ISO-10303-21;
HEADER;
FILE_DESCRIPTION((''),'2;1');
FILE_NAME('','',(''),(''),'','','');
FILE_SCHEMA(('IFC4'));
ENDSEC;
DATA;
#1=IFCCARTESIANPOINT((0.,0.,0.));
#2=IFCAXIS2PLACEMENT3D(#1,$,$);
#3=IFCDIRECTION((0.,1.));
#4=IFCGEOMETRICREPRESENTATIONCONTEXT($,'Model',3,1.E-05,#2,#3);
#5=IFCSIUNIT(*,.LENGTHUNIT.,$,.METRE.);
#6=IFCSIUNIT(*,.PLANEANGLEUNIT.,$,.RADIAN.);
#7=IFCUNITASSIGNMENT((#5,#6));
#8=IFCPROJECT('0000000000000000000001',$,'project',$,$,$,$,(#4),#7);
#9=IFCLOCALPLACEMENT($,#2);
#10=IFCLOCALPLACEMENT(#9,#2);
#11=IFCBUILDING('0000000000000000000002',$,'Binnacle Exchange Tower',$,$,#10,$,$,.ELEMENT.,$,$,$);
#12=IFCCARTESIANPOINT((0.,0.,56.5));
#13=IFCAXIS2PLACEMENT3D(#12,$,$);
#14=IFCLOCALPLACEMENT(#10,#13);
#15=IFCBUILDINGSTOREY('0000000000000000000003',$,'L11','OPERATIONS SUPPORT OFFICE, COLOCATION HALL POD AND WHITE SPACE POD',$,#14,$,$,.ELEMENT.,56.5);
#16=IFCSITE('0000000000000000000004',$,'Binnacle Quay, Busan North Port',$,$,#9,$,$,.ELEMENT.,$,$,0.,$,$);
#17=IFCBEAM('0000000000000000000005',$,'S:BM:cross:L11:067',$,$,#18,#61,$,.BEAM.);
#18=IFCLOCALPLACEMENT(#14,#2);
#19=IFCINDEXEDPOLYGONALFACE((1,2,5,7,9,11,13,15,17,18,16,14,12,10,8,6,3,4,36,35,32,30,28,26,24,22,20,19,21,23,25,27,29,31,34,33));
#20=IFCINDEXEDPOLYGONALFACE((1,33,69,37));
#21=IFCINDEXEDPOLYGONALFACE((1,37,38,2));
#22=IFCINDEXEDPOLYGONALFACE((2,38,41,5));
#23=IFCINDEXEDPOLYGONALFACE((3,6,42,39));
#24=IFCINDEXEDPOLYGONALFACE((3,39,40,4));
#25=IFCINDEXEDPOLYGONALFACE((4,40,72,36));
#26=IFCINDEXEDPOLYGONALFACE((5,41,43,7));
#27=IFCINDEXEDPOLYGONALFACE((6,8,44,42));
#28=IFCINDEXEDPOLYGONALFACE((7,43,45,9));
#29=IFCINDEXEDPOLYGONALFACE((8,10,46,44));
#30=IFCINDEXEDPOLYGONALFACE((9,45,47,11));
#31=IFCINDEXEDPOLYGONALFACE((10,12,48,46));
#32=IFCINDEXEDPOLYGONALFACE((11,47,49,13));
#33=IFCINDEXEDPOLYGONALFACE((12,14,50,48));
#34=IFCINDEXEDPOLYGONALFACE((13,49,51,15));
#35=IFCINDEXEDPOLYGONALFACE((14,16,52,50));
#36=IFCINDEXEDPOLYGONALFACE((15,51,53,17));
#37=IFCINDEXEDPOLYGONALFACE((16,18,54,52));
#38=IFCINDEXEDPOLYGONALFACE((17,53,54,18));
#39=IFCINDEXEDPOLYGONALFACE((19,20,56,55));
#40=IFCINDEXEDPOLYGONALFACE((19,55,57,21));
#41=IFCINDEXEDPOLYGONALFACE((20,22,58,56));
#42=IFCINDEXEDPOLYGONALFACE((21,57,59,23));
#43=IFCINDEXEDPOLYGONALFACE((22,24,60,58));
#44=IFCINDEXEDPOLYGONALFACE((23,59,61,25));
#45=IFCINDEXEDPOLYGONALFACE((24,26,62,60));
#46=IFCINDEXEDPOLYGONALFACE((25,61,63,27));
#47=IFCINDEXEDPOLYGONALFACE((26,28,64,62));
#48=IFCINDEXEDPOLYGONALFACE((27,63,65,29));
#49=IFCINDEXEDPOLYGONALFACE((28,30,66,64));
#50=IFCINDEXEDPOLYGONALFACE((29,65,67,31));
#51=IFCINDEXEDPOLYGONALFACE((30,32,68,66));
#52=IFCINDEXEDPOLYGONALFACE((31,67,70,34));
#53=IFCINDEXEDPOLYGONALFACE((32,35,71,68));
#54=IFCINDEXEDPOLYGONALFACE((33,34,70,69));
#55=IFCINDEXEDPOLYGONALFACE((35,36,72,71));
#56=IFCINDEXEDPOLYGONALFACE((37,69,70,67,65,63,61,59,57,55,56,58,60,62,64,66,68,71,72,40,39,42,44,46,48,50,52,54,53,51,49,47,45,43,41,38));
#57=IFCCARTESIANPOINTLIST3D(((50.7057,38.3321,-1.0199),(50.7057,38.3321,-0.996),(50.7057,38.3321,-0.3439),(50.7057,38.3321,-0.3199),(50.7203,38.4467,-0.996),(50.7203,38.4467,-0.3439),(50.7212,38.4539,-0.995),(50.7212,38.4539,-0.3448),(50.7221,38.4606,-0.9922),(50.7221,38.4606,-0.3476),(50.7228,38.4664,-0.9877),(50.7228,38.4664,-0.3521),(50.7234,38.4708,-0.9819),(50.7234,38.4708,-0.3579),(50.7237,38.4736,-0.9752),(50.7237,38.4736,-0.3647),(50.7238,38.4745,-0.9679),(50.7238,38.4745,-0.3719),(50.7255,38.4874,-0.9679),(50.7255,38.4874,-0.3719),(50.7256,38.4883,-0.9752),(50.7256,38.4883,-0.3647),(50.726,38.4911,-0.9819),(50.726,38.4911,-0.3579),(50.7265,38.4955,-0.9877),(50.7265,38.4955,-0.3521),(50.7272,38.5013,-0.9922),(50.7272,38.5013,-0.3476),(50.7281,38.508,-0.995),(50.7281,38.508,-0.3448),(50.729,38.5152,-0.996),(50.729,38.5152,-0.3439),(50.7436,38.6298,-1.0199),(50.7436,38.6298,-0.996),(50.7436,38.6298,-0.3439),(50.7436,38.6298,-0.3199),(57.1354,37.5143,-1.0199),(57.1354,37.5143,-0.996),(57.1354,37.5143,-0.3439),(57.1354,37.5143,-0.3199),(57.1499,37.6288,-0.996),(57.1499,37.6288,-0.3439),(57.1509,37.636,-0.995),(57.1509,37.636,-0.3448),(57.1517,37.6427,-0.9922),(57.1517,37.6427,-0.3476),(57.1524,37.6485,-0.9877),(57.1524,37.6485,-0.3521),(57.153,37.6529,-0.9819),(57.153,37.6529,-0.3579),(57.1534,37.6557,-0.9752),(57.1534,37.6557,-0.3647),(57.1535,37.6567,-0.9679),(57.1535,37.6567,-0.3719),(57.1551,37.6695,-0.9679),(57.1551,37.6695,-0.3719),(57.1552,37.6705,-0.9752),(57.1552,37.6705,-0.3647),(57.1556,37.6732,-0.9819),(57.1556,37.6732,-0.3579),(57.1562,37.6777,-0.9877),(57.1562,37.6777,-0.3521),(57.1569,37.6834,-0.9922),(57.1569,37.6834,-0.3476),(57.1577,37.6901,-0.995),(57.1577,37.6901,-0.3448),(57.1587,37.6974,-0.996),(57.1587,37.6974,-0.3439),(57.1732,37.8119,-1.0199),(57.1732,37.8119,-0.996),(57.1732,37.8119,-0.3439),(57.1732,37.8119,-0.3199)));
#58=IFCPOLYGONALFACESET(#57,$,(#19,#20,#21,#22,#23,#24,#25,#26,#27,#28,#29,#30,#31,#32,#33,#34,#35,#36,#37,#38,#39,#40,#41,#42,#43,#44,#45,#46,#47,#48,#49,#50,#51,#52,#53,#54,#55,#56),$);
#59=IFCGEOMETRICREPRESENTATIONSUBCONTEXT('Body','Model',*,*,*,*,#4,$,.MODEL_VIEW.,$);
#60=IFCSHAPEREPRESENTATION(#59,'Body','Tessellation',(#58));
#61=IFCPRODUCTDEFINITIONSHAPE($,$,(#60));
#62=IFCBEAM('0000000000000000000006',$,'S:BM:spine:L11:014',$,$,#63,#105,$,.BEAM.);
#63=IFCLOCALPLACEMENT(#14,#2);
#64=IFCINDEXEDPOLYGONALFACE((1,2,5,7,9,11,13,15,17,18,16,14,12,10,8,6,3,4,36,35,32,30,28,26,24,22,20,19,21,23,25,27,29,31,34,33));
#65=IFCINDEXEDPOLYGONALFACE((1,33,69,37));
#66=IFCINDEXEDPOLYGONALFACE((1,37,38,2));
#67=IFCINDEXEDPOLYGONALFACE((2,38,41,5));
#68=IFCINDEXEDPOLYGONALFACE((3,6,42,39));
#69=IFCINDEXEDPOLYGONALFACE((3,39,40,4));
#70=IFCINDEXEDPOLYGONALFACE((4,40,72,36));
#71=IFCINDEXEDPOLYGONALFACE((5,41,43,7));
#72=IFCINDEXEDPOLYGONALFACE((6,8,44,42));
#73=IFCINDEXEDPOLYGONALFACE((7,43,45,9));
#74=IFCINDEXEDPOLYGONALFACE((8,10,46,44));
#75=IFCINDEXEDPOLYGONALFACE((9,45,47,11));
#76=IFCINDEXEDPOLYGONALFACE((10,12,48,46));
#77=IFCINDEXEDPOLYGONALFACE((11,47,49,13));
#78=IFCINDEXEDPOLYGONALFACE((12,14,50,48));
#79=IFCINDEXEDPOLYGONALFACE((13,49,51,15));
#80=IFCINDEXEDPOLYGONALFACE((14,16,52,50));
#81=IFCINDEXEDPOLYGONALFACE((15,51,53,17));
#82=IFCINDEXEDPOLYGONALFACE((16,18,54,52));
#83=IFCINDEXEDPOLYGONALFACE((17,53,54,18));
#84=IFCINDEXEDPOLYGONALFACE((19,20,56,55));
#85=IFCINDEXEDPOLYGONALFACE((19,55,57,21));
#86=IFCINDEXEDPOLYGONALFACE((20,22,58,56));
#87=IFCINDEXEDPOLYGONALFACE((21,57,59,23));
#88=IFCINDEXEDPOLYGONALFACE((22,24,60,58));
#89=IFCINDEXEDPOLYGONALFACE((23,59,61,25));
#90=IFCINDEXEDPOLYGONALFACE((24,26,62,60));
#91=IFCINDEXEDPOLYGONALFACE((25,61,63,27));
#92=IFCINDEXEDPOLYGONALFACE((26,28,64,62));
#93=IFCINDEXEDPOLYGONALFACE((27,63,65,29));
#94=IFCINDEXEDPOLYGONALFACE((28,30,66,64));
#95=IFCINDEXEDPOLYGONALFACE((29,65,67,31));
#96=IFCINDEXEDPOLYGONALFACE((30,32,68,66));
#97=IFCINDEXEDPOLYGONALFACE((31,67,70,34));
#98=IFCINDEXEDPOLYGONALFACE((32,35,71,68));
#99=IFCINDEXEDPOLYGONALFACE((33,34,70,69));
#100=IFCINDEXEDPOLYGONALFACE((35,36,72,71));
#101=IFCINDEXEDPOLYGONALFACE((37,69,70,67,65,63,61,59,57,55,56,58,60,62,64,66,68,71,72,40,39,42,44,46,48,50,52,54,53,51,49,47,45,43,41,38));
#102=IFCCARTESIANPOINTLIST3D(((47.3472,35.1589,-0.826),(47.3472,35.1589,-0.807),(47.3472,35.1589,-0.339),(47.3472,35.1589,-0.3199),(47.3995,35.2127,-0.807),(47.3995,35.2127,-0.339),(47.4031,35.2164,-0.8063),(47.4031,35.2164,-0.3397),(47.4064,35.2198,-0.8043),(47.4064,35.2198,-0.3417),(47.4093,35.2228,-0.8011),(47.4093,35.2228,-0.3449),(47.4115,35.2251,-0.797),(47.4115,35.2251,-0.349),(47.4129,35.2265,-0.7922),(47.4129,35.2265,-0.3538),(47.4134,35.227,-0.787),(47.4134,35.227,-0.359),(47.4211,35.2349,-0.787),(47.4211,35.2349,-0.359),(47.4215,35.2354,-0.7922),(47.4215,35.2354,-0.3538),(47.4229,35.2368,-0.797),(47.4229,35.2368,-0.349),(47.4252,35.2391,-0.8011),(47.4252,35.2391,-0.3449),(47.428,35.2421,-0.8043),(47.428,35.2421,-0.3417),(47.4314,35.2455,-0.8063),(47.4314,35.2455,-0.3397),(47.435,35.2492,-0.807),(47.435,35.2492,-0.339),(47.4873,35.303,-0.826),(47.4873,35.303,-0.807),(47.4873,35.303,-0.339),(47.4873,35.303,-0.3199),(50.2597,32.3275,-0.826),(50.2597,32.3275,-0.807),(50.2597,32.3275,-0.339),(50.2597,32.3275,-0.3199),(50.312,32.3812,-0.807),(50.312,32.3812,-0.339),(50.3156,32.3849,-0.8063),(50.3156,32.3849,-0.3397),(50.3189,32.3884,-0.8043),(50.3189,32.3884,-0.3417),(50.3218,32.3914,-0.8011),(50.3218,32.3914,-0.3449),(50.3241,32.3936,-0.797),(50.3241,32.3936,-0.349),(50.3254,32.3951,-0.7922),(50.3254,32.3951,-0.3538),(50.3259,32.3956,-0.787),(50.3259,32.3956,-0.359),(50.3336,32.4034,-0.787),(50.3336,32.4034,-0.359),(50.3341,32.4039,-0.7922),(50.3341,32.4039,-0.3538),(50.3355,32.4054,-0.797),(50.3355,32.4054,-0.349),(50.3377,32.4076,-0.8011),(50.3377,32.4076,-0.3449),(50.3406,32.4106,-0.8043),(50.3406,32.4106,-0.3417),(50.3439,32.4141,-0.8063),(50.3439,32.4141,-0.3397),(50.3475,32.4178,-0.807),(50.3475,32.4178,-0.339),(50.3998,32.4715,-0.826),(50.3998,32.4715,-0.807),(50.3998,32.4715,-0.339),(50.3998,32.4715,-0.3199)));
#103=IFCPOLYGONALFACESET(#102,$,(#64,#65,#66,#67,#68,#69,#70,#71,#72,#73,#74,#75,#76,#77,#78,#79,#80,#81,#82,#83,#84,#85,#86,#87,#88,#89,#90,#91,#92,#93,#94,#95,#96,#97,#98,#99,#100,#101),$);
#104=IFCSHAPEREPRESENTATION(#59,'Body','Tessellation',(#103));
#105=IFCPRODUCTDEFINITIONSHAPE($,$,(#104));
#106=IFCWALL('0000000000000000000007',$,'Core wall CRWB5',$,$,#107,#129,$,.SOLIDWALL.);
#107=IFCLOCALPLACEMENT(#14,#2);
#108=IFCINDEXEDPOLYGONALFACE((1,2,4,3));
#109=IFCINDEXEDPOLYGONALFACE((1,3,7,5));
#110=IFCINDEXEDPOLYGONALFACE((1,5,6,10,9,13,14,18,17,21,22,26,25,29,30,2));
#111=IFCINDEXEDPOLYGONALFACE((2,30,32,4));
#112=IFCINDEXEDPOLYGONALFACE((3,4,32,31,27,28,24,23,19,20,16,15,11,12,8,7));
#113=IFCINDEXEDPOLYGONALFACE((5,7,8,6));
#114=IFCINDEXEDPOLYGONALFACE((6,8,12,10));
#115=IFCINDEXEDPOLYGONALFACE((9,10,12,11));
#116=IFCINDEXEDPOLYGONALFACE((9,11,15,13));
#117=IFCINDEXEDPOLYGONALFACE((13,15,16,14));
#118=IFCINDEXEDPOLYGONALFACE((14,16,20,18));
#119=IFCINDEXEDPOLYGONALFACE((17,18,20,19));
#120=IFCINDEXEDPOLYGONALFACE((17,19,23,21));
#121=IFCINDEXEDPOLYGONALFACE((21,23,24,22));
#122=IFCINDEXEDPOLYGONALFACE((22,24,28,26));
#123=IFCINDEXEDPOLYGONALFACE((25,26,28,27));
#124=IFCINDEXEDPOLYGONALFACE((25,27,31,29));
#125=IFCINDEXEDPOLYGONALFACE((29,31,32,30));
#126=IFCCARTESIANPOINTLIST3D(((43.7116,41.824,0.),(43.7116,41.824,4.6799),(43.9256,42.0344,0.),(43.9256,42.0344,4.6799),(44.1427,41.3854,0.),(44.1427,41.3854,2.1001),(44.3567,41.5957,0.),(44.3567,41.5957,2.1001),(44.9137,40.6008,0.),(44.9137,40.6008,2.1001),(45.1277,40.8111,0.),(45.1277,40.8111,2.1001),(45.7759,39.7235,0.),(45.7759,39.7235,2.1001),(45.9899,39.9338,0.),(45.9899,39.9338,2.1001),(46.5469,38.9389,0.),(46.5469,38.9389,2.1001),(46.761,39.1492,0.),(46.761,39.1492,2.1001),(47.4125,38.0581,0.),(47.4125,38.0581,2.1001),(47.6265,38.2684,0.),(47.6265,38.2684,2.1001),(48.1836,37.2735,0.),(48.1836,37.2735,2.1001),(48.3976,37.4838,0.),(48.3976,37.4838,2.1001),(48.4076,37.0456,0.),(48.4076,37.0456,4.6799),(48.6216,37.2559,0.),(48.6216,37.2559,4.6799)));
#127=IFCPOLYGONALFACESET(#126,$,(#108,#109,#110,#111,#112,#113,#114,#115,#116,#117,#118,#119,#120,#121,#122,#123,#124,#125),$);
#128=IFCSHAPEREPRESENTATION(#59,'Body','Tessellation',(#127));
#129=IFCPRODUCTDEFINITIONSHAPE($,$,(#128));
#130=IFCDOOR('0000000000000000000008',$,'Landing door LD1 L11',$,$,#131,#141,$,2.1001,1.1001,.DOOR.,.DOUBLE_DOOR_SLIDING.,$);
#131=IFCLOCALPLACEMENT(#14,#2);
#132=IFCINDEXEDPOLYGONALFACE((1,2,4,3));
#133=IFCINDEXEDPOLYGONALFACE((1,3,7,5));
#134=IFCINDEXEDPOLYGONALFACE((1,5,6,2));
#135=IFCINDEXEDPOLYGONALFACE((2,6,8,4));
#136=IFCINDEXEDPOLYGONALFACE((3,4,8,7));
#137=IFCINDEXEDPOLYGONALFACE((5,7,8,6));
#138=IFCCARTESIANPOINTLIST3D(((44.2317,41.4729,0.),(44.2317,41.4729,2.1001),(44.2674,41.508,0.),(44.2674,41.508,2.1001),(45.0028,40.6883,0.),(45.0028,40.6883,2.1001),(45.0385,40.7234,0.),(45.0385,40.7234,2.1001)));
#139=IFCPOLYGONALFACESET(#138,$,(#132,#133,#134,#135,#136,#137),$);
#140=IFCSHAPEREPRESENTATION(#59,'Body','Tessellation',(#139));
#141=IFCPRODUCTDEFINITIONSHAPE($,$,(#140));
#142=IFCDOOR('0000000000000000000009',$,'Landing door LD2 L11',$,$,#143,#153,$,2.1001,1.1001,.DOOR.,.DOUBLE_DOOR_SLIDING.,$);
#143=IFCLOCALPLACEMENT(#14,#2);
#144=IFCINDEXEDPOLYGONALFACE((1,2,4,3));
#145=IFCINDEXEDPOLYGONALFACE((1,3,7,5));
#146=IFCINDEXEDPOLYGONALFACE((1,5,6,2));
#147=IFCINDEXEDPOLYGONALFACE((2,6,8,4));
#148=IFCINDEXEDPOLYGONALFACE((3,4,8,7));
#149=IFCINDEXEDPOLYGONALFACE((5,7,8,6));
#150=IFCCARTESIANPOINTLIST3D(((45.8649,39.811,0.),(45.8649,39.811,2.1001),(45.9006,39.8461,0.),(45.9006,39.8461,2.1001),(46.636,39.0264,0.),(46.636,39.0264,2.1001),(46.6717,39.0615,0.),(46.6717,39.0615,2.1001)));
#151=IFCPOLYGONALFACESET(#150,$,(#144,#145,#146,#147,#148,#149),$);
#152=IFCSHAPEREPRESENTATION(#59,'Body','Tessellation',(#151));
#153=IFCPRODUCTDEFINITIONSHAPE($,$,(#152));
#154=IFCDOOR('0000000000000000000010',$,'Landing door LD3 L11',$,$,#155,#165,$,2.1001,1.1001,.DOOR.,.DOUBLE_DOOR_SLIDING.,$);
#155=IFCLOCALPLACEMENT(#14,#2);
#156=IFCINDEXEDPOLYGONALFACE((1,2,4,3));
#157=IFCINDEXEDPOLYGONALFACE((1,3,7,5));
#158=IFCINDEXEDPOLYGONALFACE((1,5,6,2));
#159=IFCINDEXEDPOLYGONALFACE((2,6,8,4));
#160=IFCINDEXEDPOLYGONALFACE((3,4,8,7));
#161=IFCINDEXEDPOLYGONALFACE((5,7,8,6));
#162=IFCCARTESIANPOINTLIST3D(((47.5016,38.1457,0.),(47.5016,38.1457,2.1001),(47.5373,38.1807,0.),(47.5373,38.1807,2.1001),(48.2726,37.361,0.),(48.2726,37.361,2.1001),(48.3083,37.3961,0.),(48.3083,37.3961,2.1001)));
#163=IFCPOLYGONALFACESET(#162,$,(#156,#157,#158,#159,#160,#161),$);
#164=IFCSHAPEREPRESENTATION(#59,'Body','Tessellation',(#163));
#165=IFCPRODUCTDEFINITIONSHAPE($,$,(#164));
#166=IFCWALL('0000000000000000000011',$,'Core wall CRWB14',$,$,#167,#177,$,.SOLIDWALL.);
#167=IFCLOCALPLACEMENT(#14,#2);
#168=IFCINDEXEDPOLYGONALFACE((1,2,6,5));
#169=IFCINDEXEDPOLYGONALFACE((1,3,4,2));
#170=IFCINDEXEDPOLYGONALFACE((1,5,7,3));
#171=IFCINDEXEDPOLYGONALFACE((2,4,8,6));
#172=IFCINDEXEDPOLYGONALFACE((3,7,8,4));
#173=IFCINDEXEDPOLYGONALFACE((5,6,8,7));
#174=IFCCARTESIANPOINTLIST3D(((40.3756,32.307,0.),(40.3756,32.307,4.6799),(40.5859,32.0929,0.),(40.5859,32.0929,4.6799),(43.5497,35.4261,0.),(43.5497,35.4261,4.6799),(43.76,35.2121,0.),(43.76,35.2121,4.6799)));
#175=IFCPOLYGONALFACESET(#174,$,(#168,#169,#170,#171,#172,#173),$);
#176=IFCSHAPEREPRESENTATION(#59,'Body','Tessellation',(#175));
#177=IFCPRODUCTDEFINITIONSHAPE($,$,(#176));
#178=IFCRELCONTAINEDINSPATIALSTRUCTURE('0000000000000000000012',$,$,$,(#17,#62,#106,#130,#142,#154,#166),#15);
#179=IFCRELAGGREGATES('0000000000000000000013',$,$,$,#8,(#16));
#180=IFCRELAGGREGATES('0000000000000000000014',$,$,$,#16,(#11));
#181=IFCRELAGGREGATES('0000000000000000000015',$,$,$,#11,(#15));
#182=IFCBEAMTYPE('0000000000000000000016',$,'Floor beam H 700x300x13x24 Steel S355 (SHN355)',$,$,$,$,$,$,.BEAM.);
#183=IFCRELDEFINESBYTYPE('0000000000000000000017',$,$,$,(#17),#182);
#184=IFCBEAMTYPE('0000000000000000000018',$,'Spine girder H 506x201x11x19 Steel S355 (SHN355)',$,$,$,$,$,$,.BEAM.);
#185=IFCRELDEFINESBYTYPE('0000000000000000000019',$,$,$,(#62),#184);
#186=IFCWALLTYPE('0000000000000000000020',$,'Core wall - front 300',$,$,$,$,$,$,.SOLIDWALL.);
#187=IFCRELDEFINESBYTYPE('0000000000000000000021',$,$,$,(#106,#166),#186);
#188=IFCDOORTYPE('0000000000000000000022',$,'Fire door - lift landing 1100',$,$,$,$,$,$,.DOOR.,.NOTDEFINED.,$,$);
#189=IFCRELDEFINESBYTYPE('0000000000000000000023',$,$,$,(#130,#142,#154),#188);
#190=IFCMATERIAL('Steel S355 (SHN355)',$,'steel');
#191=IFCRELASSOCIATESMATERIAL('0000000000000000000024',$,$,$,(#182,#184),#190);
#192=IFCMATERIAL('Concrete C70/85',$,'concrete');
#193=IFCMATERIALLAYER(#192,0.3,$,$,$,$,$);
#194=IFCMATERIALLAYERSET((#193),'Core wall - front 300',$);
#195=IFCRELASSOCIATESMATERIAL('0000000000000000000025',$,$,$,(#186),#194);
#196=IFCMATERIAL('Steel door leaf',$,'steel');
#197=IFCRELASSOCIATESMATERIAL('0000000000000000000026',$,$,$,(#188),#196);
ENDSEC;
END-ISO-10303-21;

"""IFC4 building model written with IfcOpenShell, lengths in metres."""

from ifc_helpers import new_model, si_unit, direction, frame, frame_2d, origin, origin_2d, place, context, subcontext, project, spatial, rectangle, i_section, extrude, material, layer, layer_set, material_profile, profile_set, type_object, element, fill, save


model = new_model("IFC4")

# Units and contexts
model_context = context("Model", 3, precision=1e-05, world=origin(), true_north=direction((0.0, 1.0)))
body_context = subcontext(model_context, "Body", "Model", "MODEL_VIEW")
ifc_project = project(units=[si_unit("LENGTHUNIT", "METRE"), si_unit("PLANEANGLEUNIT", "RADIAN")], contexts=[model_context])

# Site, building, storey
site_placement = place(None, origin())
site = spatial("IfcSite", under=ifc_project, at=site_placement, Name="Binnacle Quay, Busan North Port", CompositionType="ELEMENT", RefElevation=0.0)
building_placement = place(site_placement, origin())
building = spatial("IfcBuilding", under=site, at=building_placement, Name="Binnacle Exchange Tower", CompositionType="ELEMENT")
storey_placement = place(building_placement, frame((0.0, 0.0, 56.5)))
storey = spatial("IfcBuildingStorey", under=building, at=storey_placement, Name="L11", Description="OPERATIONS SUPPORT OFFICE, COLOCATION HALL POD AND WHITE SPACE POD", CompositionType="ELEMENT", Elevation=56.5)

# Shared definitions
ifc_material_1 = material(Name="Concrete C70/85", Category="concrete")

# Beams
ifc_material_2 = material(Name="Steel S355 (SHN355)", Category="steel")
ifc_material_profile_1 = material_profile(ifc_material_2, i_section(OverallWidth=0.3, OverallDepth=0.7, WebThickness=0.0129, FlangeThickness=0.0239, FilletRadius=0.0281, at=origin_2d()), Name="H 700x300x13x24")
ifc_profile_set_1 = profile_set([ifc_material_profile_1], Name="Steel S355 (SHN355)")
beam_type_1 = type_object("IfcBeamType", Name="Floor beam H 700x300x13x24 Steel S355 (SHN355)", PredefinedType="BEAM", material=ifc_profile_set_1)
beam_1_placement = place(storey_placement, frame((57.1543, 37.6631, -0.6699), z_axis=(-0.992007, 0.126186, 0.0), x_axis=(-0.126186, -0.992007, 0.0)))
element("IfcBeam", 1, at=beam_1_placement, inside=storey, type_object=beam_type_1, Name="S:BM:cross:L11:067", PredefinedType="BEAM", context=body_context, shape_type="SweptSolid", body=[
    extrude(i_section(OverallWidth=0.3, OverallDepth=0.7, WebThickness=0.0129, FlangeThickness=0.0239, FilletRadius=0.0281, at=origin_2d()), origin(), (0.0, 0.0, 1.0), 6.4814),
])
ifc_material_profile_2 = material_profile(ifc_material_2, i_section(OverallWidth=0.2009, OverallDepth=0.5061, WebThickness=0.011, FlangeThickness=0.019, FilletRadius=0.02, at=origin_2d()), Name="H 506x201x11x19")
ifc_profile_set_2 = profile_set([ifc_material_profile_2], Name="Steel S355 (SHN355)")
beam_type_2 = type_object("IfcBeamType", Name="Spine girder H 506x201x11x19 Steel S355 (SHN355)", PredefinedType="BEAM", material=ifc_profile_set_2)
beam_2_placement = place(storey_placement, frame((47.4172, 35.231, -0.573), z_axis=(0.717013, -0.69706, 0.0), x_axis=(0.69706, 0.717013, 0.0)))
element("IfcBeam", 2, at=beam_2_placement, inside=storey, type_object=beam_type_2, Name="S:BM:spine:L11:014", PredefinedType="BEAM", context=body_context, shape_type="SweptSolid", body=[
    extrude(i_section(OverallWidth=0.2009, OverallDepth=0.5061, WebThickness=0.011, FlangeThickness=0.019, FilletRadius=0.02, at=origin_2d()), origin(), (0.0, 0.0, 1.0), 4.062),
])

# Wall, openings, doors
ifc_layer_1 = layer(ifc_material_1, 0.3)
ifc_layer_set_1 = layer_set([ifc_layer_1], Name="Core wall - front 300")
wall_type_1 = type_object("IfcWallType", Name="Core wall - front 300", PredefinedType="SOLIDWALL", material=ifc_layer_set_1)
wall_1_placement = place(storey_placement, frame((43.8186, 41.9292, 0.0), z_axis=(0.0, 0.0, 1.0), x_axis=(0.700922, -0.713238, 0.0)))
wall_1 = element("IfcWall", 3, at=wall_1_placement, inside=storey, type_object=wall_type_1, Name="Core wall CRWB5", PredefinedType="SOLIDWALL", context=body_context, shape_type="SweptSolid", body=[
    extrude(rectangle(XDim=6.6997, YDim=0.3, at=frame_2d((3.3499, 0.0))), origin(), (0.0, 0.0, 1.0), 4.6799),
])
opening_1_placement = place(wall_1_placement, frame((0.615, 0.0, 0.0)))
opening_1 = element("IfcOpeningElement", 4, at=opening_1_placement, cuts=wall_1, PredefinedType="OPENING", context=body_context, shape_type="SweptSolid", body=[
    extrude(rectangle(XDim=1.1001, YDim=2.1001, at=frame_2d((0.55, 1.05))), frame((0.0, 0.1599, 0.0), z_axis=(0.0, -1.0, 0.0), x_axis=(1.0, 0.0, 0.0)), (0.0, 0.0, 1.0), 0.3201),
])
opening_2_placement = place(wall_1_placement, frame((2.9451, 0.0, 0.0)))
opening_2 = element("IfcOpeningElement", 5, at=opening_2_placement, cuts=wall_1, PredefinedType="OPENING", context=body_context, shape_type="SweptSolid", body=[
    extrude(rectangle(XDim=1.1001, YDim=2.1001, at=frame_2d((0.55, 1.05))), frame((0.0, 0.1599, 0.0), z_axis=(0.0, -1.0, 0.0), x_axis=(1.0, 0.0, 0.0)), (0.0, 0.0, 1.0), 0.3201),
])
opening_3_placement = place(wall_1_placement, frame((5.28, 0.0, 0.0)))
opening_3 = element("IfcOpeningElement", 6, at=opening_3_placement, cuts=wall_1, PredefinedType="OPENING", context=body_context, shape_type="SweptSolid", body=[
    extrude(rectangle(XDim=1.1001, YDim=2.1001, at=frame_2d((0.55, 1.05))), frame((0.0, 0.1599, 0.0), z_axis=(0.0, -1.0, 0.0), x_axis=(1.0, 0.0, 0.0)), (0.0, 0.0, 1.0), 0.3201),
])
ifc_material_3 = material(Name="Steel door leaf", Category="steel")
door_type_1 = type_object("IfcDoorType", Name="Fire door - lift landing 1100", OperationType="NOTDEFINED", PredefinedType="DOOR", material=ifc_material_3)
door_1_placement = place(opening_1_placement, origin())
door_1 = element("IfcDoor", 7, at=door_1_placement, inside=storey, type_object=door_type_1, Name="Landing door LD1 L11", OperationType="DOUBLE_DOOR_SLIDING", OverallHeight=2.1001, OverallWidth=1.1001, PredefinedType="DOOR", context=body_context, shape_type="SweptSolid", body=[
    extrude(rectangle(XDim=1.1001, YDim=2.1001, at=frame_2d((0.55, 1.05))), frame((0.0, 0.0249, 0.0), z_axis=(0.0, -1.0, 0.0), x_axis=(1.0, 0.0, 0.0)), (0.0, 0.0, 1.0), 0.05),
])
fill(opening_1, door_1)
door_2_placement = place(opening_2_placement, origin())
door_2 = element("IfcDoor", 8, at=door_2_placement, inside=storey, type_object=door_type_1, Name="Landing door LD2 L11", OperationType="DOUBLE_DOOR_SLIDING", OverallHeight=2.1001, OverallWidth=1.1001, PredefinedType="DOOR", context=body_context, shape_type="SweptSolid", body=[
    extrude(rectangle(XDim=1.1001, YDim=2.1001, at=frame_2d((0.55, 1.05))), frame((0.0, 0.0249, 0.0), z_axis=(0.0, -1.0, 0.0), x_axis=(1.0, 0.0, 0.0)), (0.0, 0.0, 1.0), 0.05),
])
fill(opening_2, door_2)
door_3_placement = place(opening_3_placement, origin())
door_3 = element("IfcDoor", 9, at=door_3_placement, inside=storey, type_object=door_type_1, Name="Landing door LD3 L11", OperationType="DOUBLE_DOOR_SLIDING", OverallHeight=2.1001, OverallWidth=1.1001, PredefinedType="DOOR", context=body_context, shape_type="SweptSolid", body=[
    extrude(rectangle(XDim=1.1001, YDim=2.1001, at=frame_2d((0.55, 1.05))), frame((0.0, 0.0249, 0.0), z_axis=(0.0, -1.0, 0.0), x_axis=(1.0, 0.0, 0.0)), (0.0, 0.0, 1.0), 0.05),
])
fill(opening_3, door_3)

# Wall
wall_2_placement = place(storey_placement, frame((40.4807, 32.2, 0.0), z_axis=(0.0, 0.0, 1.0), x_axis=(0.713252, 0.700908, 0.0)))
element("IfcWall", 10, at=wall_2_placement, inside=storey, type_object=wall_type_1, Name="Core wall CRWB14", PredefinedType="SOLIDWALL", context=body_context, shape_type="SweptSolid", body=[
    extrude(rectangle(XDim=4.4502, YDim=0.3, at=frame_2d((2.2251, 0.0))), origin(), (0.0, 0.0, 1.0), 4.6799),
])

save(model, "model.ifc")
